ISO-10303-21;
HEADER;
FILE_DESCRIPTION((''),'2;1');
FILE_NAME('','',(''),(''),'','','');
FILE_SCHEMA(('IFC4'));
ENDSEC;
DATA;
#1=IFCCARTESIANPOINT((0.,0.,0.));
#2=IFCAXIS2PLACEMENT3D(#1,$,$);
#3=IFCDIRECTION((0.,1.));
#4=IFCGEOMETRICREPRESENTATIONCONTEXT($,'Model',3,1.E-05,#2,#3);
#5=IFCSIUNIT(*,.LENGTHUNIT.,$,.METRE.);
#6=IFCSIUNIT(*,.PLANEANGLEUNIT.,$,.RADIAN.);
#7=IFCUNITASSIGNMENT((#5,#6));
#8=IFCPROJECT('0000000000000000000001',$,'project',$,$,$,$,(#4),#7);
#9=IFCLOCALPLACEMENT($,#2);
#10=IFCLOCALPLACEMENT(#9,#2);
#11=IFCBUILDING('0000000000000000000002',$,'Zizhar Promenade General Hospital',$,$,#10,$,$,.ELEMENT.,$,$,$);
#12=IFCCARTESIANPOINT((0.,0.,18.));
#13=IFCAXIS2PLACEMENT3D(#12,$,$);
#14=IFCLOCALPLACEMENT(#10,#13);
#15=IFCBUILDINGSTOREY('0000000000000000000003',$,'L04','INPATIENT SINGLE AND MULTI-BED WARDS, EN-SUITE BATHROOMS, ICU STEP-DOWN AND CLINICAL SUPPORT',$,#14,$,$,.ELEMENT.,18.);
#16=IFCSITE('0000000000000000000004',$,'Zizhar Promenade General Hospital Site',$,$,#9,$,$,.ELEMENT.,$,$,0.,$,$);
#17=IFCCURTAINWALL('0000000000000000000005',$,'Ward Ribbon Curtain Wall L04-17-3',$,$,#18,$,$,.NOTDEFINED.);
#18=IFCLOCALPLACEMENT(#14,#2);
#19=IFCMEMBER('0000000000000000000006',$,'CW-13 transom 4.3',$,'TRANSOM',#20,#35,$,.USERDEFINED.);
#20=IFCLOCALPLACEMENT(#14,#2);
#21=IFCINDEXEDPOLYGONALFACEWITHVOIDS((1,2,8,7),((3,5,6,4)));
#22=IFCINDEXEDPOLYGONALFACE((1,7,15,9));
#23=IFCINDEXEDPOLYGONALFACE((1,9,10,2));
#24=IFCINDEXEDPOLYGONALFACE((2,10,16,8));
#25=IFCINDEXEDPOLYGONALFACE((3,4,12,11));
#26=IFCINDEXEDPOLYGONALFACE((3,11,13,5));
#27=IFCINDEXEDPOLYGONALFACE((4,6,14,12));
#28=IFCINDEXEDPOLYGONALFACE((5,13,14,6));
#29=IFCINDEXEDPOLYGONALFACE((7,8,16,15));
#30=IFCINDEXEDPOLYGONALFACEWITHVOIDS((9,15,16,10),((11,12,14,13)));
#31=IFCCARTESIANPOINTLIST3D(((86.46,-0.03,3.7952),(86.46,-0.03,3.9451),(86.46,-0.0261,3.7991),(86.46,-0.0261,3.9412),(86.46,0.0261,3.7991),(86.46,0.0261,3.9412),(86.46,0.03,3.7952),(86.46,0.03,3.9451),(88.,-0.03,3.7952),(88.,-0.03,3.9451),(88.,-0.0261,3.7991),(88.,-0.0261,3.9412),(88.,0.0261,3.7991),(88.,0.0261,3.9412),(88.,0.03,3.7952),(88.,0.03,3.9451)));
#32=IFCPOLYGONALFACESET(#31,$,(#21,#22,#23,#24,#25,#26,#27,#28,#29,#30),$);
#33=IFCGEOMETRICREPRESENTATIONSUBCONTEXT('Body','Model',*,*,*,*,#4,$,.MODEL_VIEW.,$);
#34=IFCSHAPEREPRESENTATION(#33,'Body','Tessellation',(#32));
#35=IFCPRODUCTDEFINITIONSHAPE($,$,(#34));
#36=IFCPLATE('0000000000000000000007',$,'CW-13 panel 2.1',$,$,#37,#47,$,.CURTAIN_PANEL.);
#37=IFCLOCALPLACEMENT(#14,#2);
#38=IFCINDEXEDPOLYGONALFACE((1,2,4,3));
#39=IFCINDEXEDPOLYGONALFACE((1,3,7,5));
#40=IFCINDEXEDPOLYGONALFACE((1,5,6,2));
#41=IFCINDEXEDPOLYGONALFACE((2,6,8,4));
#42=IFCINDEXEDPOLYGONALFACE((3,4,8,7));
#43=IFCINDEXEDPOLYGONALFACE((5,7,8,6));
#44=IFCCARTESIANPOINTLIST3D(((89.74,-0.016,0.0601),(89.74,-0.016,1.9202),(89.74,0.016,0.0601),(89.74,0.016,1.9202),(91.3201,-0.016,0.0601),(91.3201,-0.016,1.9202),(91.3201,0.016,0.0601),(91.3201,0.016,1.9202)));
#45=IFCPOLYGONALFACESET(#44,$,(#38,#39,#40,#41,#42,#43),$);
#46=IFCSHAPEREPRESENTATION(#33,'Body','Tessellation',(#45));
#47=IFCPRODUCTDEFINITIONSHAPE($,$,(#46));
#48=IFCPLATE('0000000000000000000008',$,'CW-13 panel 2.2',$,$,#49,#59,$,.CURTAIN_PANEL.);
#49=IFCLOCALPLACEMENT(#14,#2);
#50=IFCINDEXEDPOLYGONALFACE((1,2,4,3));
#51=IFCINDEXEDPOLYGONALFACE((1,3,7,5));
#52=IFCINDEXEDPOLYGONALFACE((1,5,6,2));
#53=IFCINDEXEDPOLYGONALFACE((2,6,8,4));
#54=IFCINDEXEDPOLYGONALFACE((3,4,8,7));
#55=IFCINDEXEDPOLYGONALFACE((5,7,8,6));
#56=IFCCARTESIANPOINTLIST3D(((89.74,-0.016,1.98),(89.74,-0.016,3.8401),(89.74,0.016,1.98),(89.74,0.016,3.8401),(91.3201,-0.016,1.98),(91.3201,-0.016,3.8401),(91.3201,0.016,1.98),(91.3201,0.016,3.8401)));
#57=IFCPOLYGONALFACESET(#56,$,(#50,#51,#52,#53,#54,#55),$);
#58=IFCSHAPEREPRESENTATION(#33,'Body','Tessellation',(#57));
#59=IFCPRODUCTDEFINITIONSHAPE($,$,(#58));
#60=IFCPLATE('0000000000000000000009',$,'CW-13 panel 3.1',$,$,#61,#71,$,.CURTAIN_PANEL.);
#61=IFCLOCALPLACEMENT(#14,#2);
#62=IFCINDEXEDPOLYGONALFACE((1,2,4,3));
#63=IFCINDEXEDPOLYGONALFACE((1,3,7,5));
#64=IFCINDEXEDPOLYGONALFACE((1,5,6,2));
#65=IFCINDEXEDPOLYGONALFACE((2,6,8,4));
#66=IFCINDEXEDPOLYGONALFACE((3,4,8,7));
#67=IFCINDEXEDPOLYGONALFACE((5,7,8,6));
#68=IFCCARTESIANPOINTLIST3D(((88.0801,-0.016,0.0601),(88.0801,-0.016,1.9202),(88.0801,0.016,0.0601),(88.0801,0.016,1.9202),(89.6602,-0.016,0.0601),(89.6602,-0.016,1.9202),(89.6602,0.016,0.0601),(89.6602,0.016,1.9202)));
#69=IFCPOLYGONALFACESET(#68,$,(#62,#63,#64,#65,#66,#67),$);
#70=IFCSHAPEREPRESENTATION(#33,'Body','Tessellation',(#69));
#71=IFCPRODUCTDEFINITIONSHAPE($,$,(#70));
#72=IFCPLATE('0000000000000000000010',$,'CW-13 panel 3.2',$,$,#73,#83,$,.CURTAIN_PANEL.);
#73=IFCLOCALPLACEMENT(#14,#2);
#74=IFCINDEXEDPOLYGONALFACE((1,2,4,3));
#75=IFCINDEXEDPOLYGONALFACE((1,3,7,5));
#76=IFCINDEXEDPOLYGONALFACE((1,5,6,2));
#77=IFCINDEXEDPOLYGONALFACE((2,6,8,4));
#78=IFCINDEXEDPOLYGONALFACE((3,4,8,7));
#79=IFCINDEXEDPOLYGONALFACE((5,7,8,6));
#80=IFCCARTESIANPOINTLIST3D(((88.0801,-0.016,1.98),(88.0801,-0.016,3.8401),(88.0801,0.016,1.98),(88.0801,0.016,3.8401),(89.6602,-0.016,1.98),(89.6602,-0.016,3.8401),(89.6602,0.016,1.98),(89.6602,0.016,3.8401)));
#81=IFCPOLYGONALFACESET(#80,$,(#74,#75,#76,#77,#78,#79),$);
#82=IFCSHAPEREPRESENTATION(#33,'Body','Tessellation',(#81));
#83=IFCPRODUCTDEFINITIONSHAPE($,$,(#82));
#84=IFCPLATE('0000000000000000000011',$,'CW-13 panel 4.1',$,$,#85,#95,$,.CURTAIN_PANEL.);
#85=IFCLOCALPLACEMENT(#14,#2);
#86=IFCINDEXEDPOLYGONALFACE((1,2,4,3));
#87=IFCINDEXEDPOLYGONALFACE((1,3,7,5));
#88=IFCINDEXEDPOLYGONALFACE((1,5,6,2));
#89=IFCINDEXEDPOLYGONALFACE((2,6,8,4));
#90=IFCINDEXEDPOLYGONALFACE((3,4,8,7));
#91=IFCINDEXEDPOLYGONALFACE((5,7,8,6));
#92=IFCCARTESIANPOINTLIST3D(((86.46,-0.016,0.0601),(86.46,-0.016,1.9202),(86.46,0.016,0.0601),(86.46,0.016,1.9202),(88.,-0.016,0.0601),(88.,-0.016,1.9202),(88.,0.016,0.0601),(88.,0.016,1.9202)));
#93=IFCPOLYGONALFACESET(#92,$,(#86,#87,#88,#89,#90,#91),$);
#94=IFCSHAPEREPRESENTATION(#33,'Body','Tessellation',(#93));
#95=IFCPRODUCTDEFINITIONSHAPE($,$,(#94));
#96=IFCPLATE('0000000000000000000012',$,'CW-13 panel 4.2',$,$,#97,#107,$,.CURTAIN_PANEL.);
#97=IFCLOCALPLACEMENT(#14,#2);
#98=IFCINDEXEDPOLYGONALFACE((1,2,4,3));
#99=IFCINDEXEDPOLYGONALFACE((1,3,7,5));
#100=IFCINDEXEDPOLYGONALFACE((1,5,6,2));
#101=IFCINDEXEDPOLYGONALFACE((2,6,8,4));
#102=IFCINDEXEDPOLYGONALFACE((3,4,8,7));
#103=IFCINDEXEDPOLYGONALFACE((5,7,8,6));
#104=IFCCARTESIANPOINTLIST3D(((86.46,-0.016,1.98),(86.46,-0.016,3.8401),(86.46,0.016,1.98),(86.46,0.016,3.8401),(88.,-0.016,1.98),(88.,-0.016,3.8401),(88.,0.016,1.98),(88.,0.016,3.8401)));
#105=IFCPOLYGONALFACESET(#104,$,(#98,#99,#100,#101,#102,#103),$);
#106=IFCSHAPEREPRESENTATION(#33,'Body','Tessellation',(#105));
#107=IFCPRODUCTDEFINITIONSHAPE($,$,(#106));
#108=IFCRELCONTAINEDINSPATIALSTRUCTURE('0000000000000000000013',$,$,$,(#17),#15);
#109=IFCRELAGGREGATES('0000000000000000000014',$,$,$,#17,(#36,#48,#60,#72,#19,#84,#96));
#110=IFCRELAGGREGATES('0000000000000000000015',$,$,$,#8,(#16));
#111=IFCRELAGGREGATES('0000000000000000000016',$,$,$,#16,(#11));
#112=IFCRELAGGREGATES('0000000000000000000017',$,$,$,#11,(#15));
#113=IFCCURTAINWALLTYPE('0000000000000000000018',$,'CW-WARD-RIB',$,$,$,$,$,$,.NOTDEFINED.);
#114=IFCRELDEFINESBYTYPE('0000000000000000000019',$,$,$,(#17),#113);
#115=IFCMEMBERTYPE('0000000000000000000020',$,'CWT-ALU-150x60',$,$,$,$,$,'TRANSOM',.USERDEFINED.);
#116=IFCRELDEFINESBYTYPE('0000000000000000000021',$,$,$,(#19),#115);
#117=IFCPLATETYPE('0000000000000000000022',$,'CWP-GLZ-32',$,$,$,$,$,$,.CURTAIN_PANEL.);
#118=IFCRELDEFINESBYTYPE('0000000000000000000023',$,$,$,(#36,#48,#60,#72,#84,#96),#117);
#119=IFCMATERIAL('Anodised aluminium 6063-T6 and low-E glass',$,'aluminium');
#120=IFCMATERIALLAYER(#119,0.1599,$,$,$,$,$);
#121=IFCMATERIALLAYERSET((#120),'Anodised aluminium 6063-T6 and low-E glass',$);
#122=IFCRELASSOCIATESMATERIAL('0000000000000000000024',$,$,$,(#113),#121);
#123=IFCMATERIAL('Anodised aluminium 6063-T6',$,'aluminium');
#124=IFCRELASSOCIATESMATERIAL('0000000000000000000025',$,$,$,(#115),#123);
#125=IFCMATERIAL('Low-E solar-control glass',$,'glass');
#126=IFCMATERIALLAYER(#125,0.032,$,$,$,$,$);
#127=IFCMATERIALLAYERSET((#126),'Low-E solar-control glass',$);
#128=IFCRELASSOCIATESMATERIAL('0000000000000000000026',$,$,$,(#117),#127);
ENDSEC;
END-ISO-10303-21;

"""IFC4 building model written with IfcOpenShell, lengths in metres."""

from ifc_helpers import new_model, si_unit, direction, frame, origin, origin_2d, place, context, subcontext, project, spatial, rectangle, hollow_rectangle, extrude, material, layer, layer_set, material_profile, profile_set, type_object, element, aggregate, save


model = new_model("IFC4")

# Units and contexts
model_context = context("Model", 3, precision=1e-05, world=origin(), true_north=direction((0.0, 1.0)))
body_context = subcontext(model_context, "Body", "Model", "MODEL_VIEW")
ifc_project = project(units=[si_unit("LENGTHUNIT", "METRE"), si_unit("PLANEANGLEUNIT", "RADIAN")], contexts=[model_context])

# Site, building, storey
site_placement = place(None, origin())
site = spatial("IfcSite", under=ifc_project, at=site_placement, Name="Zizhar Promenade General Hospital Site", CompositionType="ELEMENT", RefElevation=0.0)
building_placement = place(site_placement, origin())
building = spatial("IfcBuilding", under=site, at=building_placement, Name="Zizhar Promenade General Hospital", CompositionType="ELEMENT")
storey_placement = place(building_placement, frame((0.0, 0.0, 18.0)))
storey = spatial("IfcBuildingStorey", under=building, at=storey_placement, Name="L04", Description="INPATIENT SINGLE AND MULTI-BED WARDS, EN-SUITE BATHROOMS, ICU STEP-DOWN AND CLINICAL SUPPORT", CompositionType="ELEMENT", Elevation=18.0)

# Curtain wall, member, plates
ifc_material_1 = material(Name="Anodised aluminium 6063-T6 and low-E glass", Category="aluminium")
ifc_layer_1 = layer(ifc_material_1, 0.1599)
ifc_layer_set_1 = layer_set([ifc_layer_1], Name="Anodised aluminium 6063-T6 and low-E glass")
curtain_wall_type = type_object("IfcCurtainWallType", Name="CW-WARD-RIB", PredefinedType="NOTDEFINED", material=ifc_layer_set_1)
curtain_wall_placement = place(storey_placement, origin())
curtain_wall = element("IfcCurtainWall", 1, at=curtain_wall_placement, inside=storey, type_object=curtain_wall_type, Name="Ward Ribbon Curtain Wall L04-17-3", PredefinedType="NOTDEFINED")
ifc_material_2 = material(Name="Anodised aluminium 6063-T6", Category="aluminium")
ifc_material_profile_1 = material_profile(ifc_material_2, hollow_rectangle(XDim=0.0601, YDim=0.1499, WallThickness=0.0039, at=origin_2d()))
ifc_profile_set_1 = profile_set([ifc_material_profile_1], Name="Anodised aluminium 6063-T6")
member_type_1 = type_object("IfcMemberType", Name="CWT-ALU-150x60", ElementType="TRANSOM", PredefinedType="USERDEFINED", material=ifc_profile_set_1)
member_1_placement = place(storey_placement, frame((88.0, 0.0, 3.8701), z_axis=(-1.0, 0.0, 0.0), x_axis=(0.0, -1.0, 0.0)))
member_1 = element("IfcMember", 2, at=member_1_placement, type_object=member_type_1, Name="CW-13 transom 4.3", ObjectType="TRANSOM", PredefinedType="USERDEFINED", context=body_context, shape_type="SweptSolid", body=[
    extrude(hollow_rectangle(XDim=0.0601, YDim=0.1499, WallThickness=0.0039, at=origin_2d()), origin(), (0.0, 0.0, 1.0), 1.54),
])
ifc_material_3 = material(Name="Low-E solar-control glass", Category="glass")
ifc_layer_2 = layer(ifc_material_3, 0.032)
ifc_layer_set_2 = layer_set([ifc_layer_2], Name="Low-E solar-control glass")
plate_type = type_object("IfcPlateType", Name="CWP-GLZ-32", PredefinedType="CURTAIN_PANEL", material=ifc_layer_set_2)
plate_1_placement = place(storey_placement, frame((90.53, 0.0, 0.0601), z_axis=(0.0, 0.0, 1.0), x_axis=(-1.0, 0.0, 0.0)))
plate_1 = element("IfcPlate", 3, at=plate_1_placement, type_object=plate_type, Name="CW-13 panel 2.1", PredefinedType="CURTAIN_PANEL", context=body_context, shape_type="SweptSolid", body=[
    extrude(rectangle(XDim=1.5801, YDim=0.032, at=origin_2d()), origin(), (0.0, 0.0, 1.0), 1.8601),
])
plate_2_placement = place(storey_placement, frame((90.53, 0.0, 1.98), z_axis=(0.0, 0.0, 1.0), x_axis=(-1.0, 0.0, 0.0)))
plate_2 = element("IfcPlate", 4, at=plate_2_placement, type_object=plate_type, Name="CW-13 panel 2.2", PredefinedType="CURTAIN_PANEL", context=body_context, shape_type="SweptSolid", body=[
    extrude(rectangle(XDim=1.5801, YDim=0.032, at=origin_2d()), origin(), (0.0, 0.0, 1.0), 1.8601),
])
plate_3_placement = place(storey_placement, frame((88.8701, 0.0, 0.0601), z_axis=(0.0, 0.0, 1.0), x_axis=(-1.0, 0.0, 0.0)))
plate_3 = element("IfcPlate", 5, at=plate_3_placement, type_object=plate_type, Name="CW-13 panel 3.1", PredefinedType="CURTAIN_PANEL", context=body_context, shape_type="SweptSolid", body=[
    extrude(rectangle(XDim=1.5801, YDim=0.032, at=origin_2d()), origin(), (0.0, 0.0, 1.0), 1.8601),
])
plate_4_placement = place(storey_placement, frame((88.8701, 0.0, 1.98), z_axis=(0.0, 0.0, 1.0), x_axis=(-1.0, 0.0, 0.0)))
plate_4 = element("IfcPlate", 6, at=plate_4_placement, type_object=plate_type, Name="CW-13 panel 3.2", PredefinedType="CURTAIN_PANEL", context=body_context, shape_type="SweptSolid", body=[
    extrude(rectangle(XDim=1.5801, YDim=0.032, at=origin_2d()), origin(), (0.0, 0.0, 1.0), 1.8601),
])
plate_5_placement = place(storey_placement, frame((87.23, 0.0, 0.0601), z_axis=(0.0, 0.0, 1.0), x_axis=(-1.0, 0.0, 0.0)))
plate_5 = element("IfcPlate", 7, at=plate_5_placement, type_object=plate_type, Name="CW-13 panel 4.1", PredefinedType="CURTAIN_PANEL", context=body_context, shape_type="SweptSolid", body=[
    extrude(rectangle(XDim=1.54, YDim=0.032, at=origin_2d()), origin(), (0.0, 0.0, 1.0), 1.8601),
])
plate_6_placement = place(storey_placement, frame((87.23, 0.0, 1.98), z_axis=(0.0, 0.0, 1.0), x_axis=(-1.0, 0.0, 0.0)))
plate_6 = element("IfcPlate", 8, at=plate_6_placement, type_object=plate_type, Name="CW-13 panel 4.2", PredefinedType="CURTAIN_PANEL", context=body_context, shape_type="SweptSolid", body=[
    extrude(rectangle(XDim=1.54, YDim=0.032, at=origin_2d()), origin(), (0.0, 0.0, 1.0), 1.8601),
])
aggregate(curtain_wall, [plate_1, plate_2, plate_3, plate_4, member_1, plate_5, plate_6])

save(model, "model.ifc")
